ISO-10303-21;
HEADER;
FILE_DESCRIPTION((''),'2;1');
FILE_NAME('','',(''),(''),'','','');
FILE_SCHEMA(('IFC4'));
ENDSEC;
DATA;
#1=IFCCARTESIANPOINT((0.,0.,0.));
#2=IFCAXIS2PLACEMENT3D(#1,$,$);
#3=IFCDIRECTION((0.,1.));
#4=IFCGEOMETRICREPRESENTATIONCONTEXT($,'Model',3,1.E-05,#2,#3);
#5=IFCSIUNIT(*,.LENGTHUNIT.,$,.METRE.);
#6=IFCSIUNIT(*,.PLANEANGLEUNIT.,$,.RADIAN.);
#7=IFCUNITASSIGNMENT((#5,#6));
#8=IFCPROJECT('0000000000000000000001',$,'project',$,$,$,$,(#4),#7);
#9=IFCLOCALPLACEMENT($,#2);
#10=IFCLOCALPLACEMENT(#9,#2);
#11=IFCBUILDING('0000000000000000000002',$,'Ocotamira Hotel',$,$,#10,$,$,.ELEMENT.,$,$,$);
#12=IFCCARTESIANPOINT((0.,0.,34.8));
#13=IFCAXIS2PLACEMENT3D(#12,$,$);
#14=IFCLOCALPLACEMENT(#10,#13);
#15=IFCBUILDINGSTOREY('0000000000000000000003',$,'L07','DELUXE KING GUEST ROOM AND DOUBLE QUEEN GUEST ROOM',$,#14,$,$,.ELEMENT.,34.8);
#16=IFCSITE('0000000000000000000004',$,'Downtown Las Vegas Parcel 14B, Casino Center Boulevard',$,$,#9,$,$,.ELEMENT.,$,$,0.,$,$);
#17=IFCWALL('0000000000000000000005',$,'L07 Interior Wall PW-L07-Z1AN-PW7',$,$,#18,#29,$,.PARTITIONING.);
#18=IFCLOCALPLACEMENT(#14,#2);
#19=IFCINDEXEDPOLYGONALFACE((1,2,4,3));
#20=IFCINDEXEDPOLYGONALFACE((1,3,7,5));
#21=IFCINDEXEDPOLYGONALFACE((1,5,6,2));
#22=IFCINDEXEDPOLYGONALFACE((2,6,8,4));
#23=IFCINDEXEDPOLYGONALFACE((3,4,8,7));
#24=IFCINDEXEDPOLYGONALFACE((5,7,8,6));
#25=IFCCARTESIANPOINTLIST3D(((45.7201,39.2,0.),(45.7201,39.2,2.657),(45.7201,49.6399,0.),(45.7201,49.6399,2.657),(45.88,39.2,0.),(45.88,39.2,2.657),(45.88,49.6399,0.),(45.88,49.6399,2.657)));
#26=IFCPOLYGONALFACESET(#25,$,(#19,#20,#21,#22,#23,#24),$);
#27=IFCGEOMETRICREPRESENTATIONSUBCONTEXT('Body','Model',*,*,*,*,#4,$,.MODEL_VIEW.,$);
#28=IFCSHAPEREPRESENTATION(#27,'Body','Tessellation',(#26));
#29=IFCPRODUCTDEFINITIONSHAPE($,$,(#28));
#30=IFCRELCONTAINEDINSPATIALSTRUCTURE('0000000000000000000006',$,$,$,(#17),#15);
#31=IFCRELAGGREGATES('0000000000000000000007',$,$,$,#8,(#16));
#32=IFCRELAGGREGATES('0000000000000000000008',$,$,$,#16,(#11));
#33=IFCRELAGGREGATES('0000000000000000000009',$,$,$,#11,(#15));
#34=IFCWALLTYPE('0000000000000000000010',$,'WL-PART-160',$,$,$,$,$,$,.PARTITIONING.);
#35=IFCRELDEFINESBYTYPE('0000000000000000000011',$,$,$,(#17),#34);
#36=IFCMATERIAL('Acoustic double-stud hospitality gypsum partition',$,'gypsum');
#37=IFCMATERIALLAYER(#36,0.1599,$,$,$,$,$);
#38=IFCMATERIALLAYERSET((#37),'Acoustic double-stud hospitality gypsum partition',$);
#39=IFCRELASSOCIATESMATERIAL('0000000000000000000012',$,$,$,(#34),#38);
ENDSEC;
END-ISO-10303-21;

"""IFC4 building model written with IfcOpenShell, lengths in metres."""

from ifc_helpers import new_model, si_unit, direction, frame, frame_2d, origin, place, context, subcontext, project, spatial, rectangle, extrude, material, layer, layer_set, type_object, element, save


model = new_model("IFC4")

# Units and contexts
model_context = context("Model", 3, precision=1e-05, world=origin(), true_north=direction((0.0, 1.0)))
body_context = subcontext(model_context, "Body", "Model", "MODEL_VIEW")
ifc_project = project(units=[si_unit("LENGTHUNIT", "METRE"), si_unit("PLANEANGLEUNIT", "RADIAN")], contexts=[model_context])

# Site, building, storey
site_placement = place(None, origin())
site = spatial("IfcSite", under=ifc_project, at=site_placement, Name="Downtown Las Vegas Parcel 14B, Casino Center Boulevard", CompositionType="ELEMENT", RefElevation=0.0)
building_placement = place(site_placement, origin())
building = spatial("IfcBuilding", under=site, at=building_placement, Name="Ocotamira Hotel", CompositionType="ELEMENT")
storey_placement = place(building_placement, frame((0.0, 0.0, 34.8)))
storey = spatial("IfcBuildingStorey", under=building, at=storey_placement, Name="L07", Description="DELUXE KING GUEST ROOM AND DOUBLE QUEEN GUEST ROOM", CompositionType="ELEMENT", Elevation=34.8)

# Wall
ifc_material_1 = material(Name="Acoustic double-stud hospitality gypsum partition", Category="gypsum")
ifc_layer_1 = layer(ifc_material_1, 0.1599)
ifc_layer_set_1 = layer_set([ifc_layer_1], Name="Acoustic double-stud hospitality gypsum partition")
wall_type_1 = type_object("IfcWallType", Name="WL-PART-160", PredefinedType="PARTITIONING", material=ifc_layer_set_1)
wall_1_placement = place(storey_placement, frame((45.8, 39.2, 0.0), z_axis=(0.0, 0.0, 1.0), x_axis=(0.0, 1.0, 0.0)))
element("IfcWall", 1, at=wall_1_placement, inside=storey, type_object=wall_type_1, Name="L07 Interior Wall PW-L07-Z1AN-PW7", PredefinedType="PARTITIONING", context=body_context, shape_type="SweptSolid", body=[
    extrude(rectangle(XDim=10.4399, YDim=0.1599, at=frame_2d((5.22, 0.0))), origin(), (0.0, 0.0, 1.0), 2.657),
])

save(model, "model.ifc")
